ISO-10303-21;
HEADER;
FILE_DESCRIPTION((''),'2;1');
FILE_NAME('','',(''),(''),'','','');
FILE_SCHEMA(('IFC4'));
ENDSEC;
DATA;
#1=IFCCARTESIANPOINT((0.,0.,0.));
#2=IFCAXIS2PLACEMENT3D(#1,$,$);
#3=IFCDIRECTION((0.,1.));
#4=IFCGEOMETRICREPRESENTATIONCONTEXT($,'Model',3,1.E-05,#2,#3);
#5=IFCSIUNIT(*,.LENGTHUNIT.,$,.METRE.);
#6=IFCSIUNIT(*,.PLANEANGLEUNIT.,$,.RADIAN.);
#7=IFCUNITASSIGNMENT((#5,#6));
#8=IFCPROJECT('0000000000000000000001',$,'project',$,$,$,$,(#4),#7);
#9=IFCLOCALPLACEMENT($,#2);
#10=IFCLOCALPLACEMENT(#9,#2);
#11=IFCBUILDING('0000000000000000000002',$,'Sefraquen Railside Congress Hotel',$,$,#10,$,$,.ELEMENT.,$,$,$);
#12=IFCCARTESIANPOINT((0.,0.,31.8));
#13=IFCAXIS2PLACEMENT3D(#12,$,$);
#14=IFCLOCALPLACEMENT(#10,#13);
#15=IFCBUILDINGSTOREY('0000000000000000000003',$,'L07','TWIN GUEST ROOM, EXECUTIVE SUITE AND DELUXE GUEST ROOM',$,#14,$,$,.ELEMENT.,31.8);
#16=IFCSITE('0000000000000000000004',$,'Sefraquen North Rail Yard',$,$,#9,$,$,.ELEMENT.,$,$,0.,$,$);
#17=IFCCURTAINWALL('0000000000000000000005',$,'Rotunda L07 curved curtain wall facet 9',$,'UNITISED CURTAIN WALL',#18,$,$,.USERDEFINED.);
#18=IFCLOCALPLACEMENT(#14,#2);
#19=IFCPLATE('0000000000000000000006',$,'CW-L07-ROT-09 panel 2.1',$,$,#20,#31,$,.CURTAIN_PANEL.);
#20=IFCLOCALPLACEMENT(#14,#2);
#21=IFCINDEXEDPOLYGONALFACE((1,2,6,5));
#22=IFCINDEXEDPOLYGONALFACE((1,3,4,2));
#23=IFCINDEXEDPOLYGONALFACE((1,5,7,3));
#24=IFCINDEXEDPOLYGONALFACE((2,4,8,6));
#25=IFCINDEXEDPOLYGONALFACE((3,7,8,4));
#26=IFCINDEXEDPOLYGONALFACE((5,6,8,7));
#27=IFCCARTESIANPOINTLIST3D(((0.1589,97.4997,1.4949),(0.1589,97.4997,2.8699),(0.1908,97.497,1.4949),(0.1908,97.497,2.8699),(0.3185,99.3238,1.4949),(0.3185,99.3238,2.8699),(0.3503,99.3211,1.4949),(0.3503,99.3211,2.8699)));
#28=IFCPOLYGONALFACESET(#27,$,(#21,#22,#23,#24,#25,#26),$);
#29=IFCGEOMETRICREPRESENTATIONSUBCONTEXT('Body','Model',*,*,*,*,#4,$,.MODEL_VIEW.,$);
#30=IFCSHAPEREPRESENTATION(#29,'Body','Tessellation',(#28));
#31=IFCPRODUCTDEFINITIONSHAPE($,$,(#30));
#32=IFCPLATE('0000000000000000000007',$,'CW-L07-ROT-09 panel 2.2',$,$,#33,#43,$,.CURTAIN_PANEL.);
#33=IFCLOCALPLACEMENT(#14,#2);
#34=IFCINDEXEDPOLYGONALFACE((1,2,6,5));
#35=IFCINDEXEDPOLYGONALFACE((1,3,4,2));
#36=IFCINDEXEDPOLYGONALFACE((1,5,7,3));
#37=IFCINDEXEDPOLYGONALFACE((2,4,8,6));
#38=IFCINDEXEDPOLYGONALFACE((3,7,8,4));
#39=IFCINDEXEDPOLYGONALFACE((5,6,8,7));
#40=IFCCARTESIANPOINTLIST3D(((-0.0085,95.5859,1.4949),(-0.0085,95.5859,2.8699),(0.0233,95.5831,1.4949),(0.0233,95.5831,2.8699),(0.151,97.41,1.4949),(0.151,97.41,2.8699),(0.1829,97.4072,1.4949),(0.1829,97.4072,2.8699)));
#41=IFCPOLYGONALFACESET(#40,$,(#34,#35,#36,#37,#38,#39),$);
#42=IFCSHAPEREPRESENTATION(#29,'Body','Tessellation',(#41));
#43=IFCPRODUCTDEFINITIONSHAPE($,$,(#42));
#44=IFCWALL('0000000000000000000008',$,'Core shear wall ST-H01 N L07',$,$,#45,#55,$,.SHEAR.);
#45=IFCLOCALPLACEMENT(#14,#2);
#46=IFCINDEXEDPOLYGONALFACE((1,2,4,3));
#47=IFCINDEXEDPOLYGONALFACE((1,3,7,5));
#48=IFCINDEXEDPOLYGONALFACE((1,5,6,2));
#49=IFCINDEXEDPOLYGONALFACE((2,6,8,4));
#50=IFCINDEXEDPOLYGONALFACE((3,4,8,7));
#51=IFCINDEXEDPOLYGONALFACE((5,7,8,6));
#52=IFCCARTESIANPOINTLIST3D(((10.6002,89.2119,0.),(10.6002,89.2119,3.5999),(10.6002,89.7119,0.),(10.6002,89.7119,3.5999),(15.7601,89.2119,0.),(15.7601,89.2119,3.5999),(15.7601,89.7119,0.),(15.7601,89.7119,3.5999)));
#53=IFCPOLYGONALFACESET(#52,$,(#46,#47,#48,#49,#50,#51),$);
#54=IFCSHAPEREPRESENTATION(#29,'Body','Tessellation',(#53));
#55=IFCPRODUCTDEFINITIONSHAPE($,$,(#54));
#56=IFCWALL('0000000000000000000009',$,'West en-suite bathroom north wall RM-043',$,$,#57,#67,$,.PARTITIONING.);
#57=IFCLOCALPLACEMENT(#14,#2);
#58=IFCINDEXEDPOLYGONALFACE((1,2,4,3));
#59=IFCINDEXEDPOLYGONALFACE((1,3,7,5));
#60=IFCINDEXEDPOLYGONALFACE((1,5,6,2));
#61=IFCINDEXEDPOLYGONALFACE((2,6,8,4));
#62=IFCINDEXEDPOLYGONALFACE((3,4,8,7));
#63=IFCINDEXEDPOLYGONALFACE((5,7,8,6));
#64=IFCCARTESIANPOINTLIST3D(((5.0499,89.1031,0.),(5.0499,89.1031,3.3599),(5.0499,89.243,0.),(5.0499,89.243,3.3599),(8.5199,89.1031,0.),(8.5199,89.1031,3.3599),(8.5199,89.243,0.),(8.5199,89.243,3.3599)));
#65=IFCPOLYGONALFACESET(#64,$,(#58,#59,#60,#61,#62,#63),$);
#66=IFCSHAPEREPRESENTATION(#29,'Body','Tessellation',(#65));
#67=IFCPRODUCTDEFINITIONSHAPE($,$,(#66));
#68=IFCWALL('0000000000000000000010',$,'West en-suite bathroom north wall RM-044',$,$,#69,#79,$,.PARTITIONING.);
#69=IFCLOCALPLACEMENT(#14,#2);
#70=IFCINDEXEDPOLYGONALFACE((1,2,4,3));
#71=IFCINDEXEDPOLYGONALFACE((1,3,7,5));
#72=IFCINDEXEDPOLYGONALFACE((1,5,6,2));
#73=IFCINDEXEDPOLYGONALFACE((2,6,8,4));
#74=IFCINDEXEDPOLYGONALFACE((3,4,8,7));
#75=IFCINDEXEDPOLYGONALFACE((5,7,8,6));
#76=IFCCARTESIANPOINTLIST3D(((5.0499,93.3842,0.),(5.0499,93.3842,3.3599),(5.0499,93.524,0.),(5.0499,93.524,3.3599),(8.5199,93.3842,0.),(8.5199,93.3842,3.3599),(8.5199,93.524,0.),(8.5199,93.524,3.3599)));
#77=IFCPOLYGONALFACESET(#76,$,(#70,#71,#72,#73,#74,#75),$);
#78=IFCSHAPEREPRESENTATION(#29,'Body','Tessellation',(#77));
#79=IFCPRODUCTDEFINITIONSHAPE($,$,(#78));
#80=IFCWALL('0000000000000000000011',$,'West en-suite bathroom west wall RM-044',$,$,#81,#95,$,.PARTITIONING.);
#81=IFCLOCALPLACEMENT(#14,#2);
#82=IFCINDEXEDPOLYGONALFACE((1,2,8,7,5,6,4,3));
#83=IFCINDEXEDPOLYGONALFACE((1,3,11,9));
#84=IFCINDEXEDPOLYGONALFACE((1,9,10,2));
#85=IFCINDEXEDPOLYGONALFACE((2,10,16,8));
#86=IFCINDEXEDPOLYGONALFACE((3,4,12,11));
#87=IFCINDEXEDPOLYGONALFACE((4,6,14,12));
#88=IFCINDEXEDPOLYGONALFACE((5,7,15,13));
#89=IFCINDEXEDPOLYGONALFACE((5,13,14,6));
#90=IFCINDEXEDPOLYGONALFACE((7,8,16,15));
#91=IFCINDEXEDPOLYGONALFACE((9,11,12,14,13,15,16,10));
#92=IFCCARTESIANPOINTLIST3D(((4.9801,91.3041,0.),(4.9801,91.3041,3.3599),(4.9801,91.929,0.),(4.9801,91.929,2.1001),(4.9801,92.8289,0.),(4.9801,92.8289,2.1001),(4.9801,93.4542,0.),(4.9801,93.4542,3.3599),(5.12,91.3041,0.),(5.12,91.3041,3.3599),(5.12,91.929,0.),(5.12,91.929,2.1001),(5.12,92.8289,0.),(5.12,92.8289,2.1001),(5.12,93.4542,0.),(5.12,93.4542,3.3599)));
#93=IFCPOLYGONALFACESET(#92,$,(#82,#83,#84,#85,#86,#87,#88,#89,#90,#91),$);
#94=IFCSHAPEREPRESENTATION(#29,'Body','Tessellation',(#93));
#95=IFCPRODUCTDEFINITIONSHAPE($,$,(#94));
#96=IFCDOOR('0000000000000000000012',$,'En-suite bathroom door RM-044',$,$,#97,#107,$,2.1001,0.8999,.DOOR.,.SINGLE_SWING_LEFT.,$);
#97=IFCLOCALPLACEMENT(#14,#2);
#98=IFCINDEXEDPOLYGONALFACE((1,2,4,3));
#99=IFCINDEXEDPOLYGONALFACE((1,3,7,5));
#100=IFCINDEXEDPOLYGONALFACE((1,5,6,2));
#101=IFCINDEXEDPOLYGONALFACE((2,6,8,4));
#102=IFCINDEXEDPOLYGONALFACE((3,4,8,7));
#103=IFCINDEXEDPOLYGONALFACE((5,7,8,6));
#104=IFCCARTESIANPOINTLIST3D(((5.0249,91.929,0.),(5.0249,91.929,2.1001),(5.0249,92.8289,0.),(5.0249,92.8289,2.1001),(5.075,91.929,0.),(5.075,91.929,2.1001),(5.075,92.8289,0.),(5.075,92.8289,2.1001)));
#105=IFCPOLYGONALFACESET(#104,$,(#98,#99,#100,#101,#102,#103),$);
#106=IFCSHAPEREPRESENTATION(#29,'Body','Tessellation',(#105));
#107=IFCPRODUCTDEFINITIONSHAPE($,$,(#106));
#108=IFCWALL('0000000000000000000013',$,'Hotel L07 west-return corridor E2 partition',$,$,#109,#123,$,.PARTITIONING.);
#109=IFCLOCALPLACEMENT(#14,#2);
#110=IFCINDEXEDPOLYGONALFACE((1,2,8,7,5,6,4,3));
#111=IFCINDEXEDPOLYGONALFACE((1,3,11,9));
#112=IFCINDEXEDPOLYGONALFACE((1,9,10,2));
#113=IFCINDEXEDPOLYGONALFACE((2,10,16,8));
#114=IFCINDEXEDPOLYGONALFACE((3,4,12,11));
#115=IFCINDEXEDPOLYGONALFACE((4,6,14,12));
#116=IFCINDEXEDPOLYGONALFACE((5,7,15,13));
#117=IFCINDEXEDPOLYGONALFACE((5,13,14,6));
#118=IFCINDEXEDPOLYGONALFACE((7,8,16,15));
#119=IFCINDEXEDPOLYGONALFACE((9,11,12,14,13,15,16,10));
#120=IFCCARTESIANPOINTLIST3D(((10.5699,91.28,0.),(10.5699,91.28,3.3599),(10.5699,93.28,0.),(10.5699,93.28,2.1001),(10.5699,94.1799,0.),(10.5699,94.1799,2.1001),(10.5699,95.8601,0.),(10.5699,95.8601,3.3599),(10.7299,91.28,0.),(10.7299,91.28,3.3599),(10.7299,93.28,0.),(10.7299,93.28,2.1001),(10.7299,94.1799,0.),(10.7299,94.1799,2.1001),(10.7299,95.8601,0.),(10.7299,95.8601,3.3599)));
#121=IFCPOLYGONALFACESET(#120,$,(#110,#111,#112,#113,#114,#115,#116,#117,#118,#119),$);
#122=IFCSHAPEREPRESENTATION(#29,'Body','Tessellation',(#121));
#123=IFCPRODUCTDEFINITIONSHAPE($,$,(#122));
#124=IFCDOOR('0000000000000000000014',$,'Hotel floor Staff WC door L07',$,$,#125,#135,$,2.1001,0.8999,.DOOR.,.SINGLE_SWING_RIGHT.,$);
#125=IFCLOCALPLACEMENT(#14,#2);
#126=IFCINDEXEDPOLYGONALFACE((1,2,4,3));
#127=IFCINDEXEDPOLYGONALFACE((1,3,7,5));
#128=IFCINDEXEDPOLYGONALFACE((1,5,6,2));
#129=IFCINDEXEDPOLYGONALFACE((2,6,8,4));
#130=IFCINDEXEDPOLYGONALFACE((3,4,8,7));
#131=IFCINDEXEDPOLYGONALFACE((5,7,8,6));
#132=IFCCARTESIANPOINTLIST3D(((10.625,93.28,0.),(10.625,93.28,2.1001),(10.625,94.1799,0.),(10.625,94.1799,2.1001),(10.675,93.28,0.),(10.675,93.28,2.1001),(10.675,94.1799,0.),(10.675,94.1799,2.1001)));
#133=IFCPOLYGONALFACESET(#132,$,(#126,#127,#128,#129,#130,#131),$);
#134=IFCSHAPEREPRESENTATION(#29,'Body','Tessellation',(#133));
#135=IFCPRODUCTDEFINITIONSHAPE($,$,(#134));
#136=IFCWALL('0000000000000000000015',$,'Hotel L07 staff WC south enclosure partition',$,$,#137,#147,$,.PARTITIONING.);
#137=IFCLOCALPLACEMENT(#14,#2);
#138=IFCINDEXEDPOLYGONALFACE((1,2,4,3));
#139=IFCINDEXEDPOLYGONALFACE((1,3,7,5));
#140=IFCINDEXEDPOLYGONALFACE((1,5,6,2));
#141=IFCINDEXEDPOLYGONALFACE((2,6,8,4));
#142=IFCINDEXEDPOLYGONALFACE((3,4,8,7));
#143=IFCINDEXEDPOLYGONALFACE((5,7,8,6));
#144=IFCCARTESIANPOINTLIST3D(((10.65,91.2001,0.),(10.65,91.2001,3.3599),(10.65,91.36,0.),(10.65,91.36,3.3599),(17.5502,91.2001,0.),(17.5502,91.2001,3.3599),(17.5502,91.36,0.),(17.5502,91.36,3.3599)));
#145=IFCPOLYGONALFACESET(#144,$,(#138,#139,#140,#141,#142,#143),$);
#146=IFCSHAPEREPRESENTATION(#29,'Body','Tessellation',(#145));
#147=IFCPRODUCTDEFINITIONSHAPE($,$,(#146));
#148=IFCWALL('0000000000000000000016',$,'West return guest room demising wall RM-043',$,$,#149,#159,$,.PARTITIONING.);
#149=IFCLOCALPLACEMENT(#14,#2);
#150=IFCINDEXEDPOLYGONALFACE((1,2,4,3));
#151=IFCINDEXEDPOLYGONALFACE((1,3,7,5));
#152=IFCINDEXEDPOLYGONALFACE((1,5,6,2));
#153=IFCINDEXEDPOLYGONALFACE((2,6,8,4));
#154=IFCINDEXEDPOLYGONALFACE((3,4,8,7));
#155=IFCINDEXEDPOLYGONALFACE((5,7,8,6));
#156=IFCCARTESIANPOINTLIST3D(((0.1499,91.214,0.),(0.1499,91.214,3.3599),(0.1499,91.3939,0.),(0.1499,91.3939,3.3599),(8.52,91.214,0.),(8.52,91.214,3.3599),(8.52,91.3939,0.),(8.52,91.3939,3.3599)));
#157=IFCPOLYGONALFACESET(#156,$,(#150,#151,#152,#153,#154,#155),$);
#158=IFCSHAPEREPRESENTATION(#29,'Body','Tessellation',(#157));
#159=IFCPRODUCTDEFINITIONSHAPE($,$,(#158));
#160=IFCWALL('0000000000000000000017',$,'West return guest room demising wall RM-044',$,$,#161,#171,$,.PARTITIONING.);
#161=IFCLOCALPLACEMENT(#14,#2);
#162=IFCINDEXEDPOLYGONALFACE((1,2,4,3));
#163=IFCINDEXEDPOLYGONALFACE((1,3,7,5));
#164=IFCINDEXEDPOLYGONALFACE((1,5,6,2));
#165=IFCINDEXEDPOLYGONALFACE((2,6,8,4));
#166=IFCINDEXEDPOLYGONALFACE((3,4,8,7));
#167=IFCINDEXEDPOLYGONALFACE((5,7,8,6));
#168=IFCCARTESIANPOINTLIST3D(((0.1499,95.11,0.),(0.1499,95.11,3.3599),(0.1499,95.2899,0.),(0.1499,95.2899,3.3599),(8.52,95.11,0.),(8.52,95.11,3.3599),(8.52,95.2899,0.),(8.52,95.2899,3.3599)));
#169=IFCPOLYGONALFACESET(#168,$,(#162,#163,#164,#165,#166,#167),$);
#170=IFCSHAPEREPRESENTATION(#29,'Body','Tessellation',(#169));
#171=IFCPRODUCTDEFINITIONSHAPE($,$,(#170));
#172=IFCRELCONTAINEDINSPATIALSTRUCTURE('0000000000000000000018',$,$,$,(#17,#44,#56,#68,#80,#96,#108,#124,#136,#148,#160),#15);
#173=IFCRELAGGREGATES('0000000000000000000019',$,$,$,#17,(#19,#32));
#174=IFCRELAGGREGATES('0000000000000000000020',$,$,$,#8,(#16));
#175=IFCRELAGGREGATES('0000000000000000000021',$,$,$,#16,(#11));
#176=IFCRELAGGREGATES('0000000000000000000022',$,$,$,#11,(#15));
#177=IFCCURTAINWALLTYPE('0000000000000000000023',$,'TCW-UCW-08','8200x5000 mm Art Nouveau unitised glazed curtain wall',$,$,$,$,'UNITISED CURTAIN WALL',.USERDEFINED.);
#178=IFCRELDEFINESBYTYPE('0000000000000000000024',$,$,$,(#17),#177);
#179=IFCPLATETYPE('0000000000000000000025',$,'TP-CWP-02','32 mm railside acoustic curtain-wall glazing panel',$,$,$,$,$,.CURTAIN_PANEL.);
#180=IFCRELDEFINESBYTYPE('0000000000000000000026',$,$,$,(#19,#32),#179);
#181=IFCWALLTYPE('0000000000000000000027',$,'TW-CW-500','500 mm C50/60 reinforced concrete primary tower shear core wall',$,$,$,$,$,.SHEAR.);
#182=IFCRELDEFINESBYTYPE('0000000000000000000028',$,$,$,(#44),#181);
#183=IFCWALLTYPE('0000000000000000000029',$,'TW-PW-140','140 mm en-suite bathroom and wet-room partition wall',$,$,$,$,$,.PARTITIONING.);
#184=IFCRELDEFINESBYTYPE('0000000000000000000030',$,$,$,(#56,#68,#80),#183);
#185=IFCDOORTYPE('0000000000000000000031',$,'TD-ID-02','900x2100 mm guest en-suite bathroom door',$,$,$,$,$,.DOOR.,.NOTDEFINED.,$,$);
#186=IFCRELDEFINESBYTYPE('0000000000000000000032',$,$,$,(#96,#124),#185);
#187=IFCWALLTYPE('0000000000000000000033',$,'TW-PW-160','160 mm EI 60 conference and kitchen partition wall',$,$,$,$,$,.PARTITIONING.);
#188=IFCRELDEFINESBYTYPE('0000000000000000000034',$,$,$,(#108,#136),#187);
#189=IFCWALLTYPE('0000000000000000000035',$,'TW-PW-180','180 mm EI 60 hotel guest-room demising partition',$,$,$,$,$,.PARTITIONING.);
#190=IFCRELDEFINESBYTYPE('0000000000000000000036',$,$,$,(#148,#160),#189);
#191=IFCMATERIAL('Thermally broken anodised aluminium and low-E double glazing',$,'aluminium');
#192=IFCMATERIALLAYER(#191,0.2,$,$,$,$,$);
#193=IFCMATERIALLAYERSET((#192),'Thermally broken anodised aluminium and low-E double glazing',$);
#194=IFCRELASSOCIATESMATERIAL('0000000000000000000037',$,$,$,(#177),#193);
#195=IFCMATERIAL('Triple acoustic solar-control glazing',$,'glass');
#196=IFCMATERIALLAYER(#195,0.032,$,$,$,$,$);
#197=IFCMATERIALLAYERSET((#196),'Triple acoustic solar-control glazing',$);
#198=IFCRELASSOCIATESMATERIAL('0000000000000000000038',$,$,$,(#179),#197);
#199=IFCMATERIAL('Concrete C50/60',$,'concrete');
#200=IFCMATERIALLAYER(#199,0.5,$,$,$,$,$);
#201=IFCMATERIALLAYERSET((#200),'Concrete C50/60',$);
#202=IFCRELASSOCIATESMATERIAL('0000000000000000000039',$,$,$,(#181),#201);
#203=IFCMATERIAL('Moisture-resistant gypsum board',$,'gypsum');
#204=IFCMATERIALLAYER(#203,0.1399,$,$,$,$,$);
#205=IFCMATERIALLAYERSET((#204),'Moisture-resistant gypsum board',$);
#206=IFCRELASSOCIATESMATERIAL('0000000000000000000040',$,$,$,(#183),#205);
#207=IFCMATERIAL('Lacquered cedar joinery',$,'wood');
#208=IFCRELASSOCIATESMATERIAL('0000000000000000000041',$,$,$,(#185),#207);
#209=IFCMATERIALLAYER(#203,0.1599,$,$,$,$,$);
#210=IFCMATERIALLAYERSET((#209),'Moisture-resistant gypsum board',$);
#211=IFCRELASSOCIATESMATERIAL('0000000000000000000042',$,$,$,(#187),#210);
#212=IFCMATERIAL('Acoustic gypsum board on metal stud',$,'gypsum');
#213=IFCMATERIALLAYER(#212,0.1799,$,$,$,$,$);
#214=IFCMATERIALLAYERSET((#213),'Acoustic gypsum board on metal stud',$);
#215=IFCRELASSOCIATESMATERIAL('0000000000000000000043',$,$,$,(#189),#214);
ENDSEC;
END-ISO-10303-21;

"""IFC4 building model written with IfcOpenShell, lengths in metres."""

from ifc_helpers import new_model, si_unit, direction, frame, frame_2d, origin, origin_2d, place, context, subcontext, project, spatial, rectangle, extrude, material, layer, layer_set, type_object, element, fill, aggregate, save


model = new_model("IFC4")

# Units and contexts
model_context = context("Model", 3, precision=1e-05, world=origin(), true_north=direction((0.0, 1.0)))
body_context = subcontext(model_context, "Body", "Model", "MODEL_VIEW")
ifc_project = project(units=[si_unit("LENGTHUNIT", "METRE"), si_unit("PLANEANGLEUNIT", "RADIAN")], contexts=[model_context])

# Site, building, storey
site_placement = place(None, origin())
site = spatial("IfcSite", under=ifc_project, at=site_placement, Name="Sefraquen North Rail Yard", CompositionType="ELEMENT", RefElevation=0.0)
building_placement = place(site_placement, origin())
building = spatial("IfcBuilding", under=site, at=building_placement, Name="Sefraquen Railside Congress Hotel", CompositionType="ELEMENT")
storey_placement = place(building_placement, frame((0.0, 0.0, 31.8)))
storey = spatial("IfcBuildingStorey", under=building, at=storey_placement, Name="L07", Description="TWIN GUEST ROOM, EXECUTIVE SUITE AND DELUXE GUEST ROOM", CompositionType="ELEMENT", Elevation=31.8)

# Curtain wall, plates
ifc_material_1 = material(Name="Thermally broken anodised aluminium and low-E double glazing", Category="aluminium")
ifc_layer_1 = layer(ifc_material_1, 0.2)
ifc_layer_set_1 = layer_set([ifc_layer_1], Name="Thermally broken anodised aluminium and low-E double glazing")
curtain_wall_type = type_object("IfcCurtainWallType", Name="TCW-UCW-08", Description="8200x5000 mm Art Nouveau unitised glazed curtain wall", ElementType="UNITISED CURTAIN WALL", PredefinedType="USERDEFINED", material=ifc_layer_set_1)
curtain_wall_placement = place(storey_placement, origin())
curtain_wall = element("IfcCurtainWall", 1, at=curtain_wall_placement, inside=storey, type_object=curtain_wall_type, Name="Rotunda L07 curved curtain wall facet 9", ObjectType="UNITISED CURTAIN WALL", PredefinedType="USERDEFINED")
ifc_material_2 = material(Name="Triple acoustic solar-control glazing", Category="glass")
ifc_layer_2 = layer(ifc_material_2, 0.032)
ifc_layer_set_2 = layer_set([ifc_layer_2], Name="Triple acoustic solar-control glazing")
plate_type_1 = type_object("IfcPlateType", Name="TP-CWP-02", Description="32 mm railside acoustic curtain-wall glazing panel", PredefinedType="CURTAIN_PANEL", material=ifc_layer_set_2)
plate_1_placement = place(storey_placement, frame((0.2546, 98.4104, 1.4949), z_axis=(0.0, 0.0, 1.0), x_axis=(-0.087138, -0.996196, 0.0)))
plate_1 = element("IfcPlate", 2, at=plate_1_placement, type_object=plate_type_1, Name="CW-L07-ROT-09 panel 2.1", PredefinedType="CURTAIN_PANEL", context=body_context, shape_type="SweptSolid", body=[
    extrude(rectangle(XDim=1.8311, YDim=0.032, at=origin_2d()), origin(), (0.0, 0.0, 1.0), 1.375),
])
plate_2_placement = place(storey_placement, frame((0.0872, 96.4966, 1.4949), z_axis=(0.0, 0.0, 1.0), x_axis=(-0.087138, -0.996196, 0.0)))
plate_2 = element("IfcPlate", 3, at=plate_2_placement, type_object=plate_type_1, Name="CW-L07-ROT-09 panel 2.2", PredefinedType="CURTAIN_PANEL", context=body_context, shape_type="SweptSolid", body=[
    extrude(rectangle(XDim=1.8311, YDim=0.032, at=origin_2d()), origin(), (0.0, 0.0, 1.0), 1.375),
])
aggregate(curtain_wall, [plate_1, plate_2])

# Walls
ifc_material_3 = material(Name="Concrete C50/60", Category="concrete")
ifc_layer_3 = layer(ifc_material_3, 0.5)
ifc_layer_set_3 = layer_set([ifc_layer_3], Name="Concrete C50/60")
wall_type_1 = type_object("IfcWallType", Name="TW-CW-500", Description="500 mm C50/60 reinforced concrete primary tower shear core wall", PredefinedType="SHEAR", material=ifc_layer_set_3)
wall_1_placement = place(storey_placement, frame((10.6001, 89.4619, 0.0), z_axis=(0.0, 0.0, 1.0), x_axis=(1.0, 0.0, 0.0)))
element("IfcWall", 4, at=wall_1_placement, inside=storey, type_object=wall_type_1, Name="Core shear wall ST-H01 N L07", PredefinedType="SHEAR", context=body_context, shape_type="SweptSolid", body=[
    extrude(rectangle(XDim=5.1599, YDim=0.5, at=frame_2d((2.5801, 0.0))), origin(), (0.0, 0.0, 1.0), 3.5999),
])
ifc_material_4 = material(Name="Moisture-resistant gypsum board", Category="gypsum")
ifc_layer_4 = layer(ifc_material_4, 0.1399)
ifc_layer_set_4 = layer_set([ifc_layer_4], Name="Moisture-resistant gypsum board")
wall_type_2 = type_object("IfcWallType", Name="TW-PW-140", Description="140 mm en-suite bathroom and wet-room partition wall", PredefinedType="PARTITIONING", material=ifc_layer_set_4)
for number, where, z_axis, x_axis, name in (
    (5, (5.05, 89.1731, 0.0), (0.0, 0.0, 1.0), (1.0, 0.0, 0.0), "West en-suite bathroom north wall RM-043"),
    (6, (5.05, 93.4541, 0.0), (0.0, 0.0, 1.0), (1.0, 0.0, 0.0), "West en-suite bathroom north wall RM-044"),
):
    element("IfcWall", number, at=place(storey_placement, frame(where, z_axis=z_axis, x_axis=x_axis)), inside=storey, type_object=wall_type_2, Name=name, PredefinedType="PARTITIONING", context=body_context, shape_type="SweptSolid", body=[
        extrude(rectangle(XDim=3.47, YDim=0.1399, at=frame_2d((1.7349, 0.0))), origin(), (0.0, 0.0, 1.0), 3.3599),
    ])

# Walls, openings, doors
wall_2_placement = place(storey_placement, frame((5.05, 91.304, 0.0), z_axis=(0.0, 0.0, 1.0), x_axis=(0.0, 1.0, 0.0)))
wall_2 = element("IfcWall", 7, at=wall_2_placement, inside=storey, type_object=wall_type_2, Name="West en-suite bathroom west wall RM-044", PredefinedType="PARTITIONING", context=body_context, shape_type="SweptSolid", body=[
    extrude(rectangle(XDim=2.1501, YDim=0.1399, at=frame_2d((1.0752, 0.0))), origin(), (0.0, 0.0, 1.0), 3.3599),
])
opening_1_placement = place(wall_2_placement, frame((0.625, 0.0, 0.0)))
opening_1 = element("IfcOpeningElement", 8, at=opening_1_placement, cuts=wall_2, PredefinedType="OPENING", context=body_context, shape_type="SweptSolid", body=[
    extrude(rectangle(XDim=0.8999, YDim=2.1001, at=frame_2d((0.45, 1.05))), frame((0.0, 0.0798, 0.0), z_axis=(0.0, -1.0, 0.0), x_axis=(1.0, 0.0, 0.0)), (0.0, 0.0, 1.0), 0.1599),
])
ifc_material_5 = material(Name="Lacquered cedar joinery", Category="wood")
door_type = type_object("IfcDoorType", Name="TD-ID-02", Description="900x2100 mm guest en-suite bathroom door", OperationType="NOTDEFINED", PredefinedType="DOOR", material=ifc_material_5)
door_1_placement = place(opening_1_placement, frame((0.8999, 0.0, 0.0), z_axis=(0.0, 0.0, 1.0), x_axis=(-1.0, 0.0, 0.0)))
door_1 = element("IfcDoor", 9, at=door_1_placement, inside=storey, type_object=door_type, Name="En-suite bathroom door RM-044", OperationType="SINGLE_SWING_LEFT", OverallHeight=2.1001, OverallWidth=0.8999, PredefinedType="DOOR", context=body_context, shape_type="SweptSolid", body=[
    extrude(rectangle(XDim=0.8999, YDim=2.1001, at=frame_2d((0.45, 1.05))), frame((0.0, 0.0249, 0.0), z_axis=(0.0, -1.0, 0.0), x_axis=(1.0, 0.0, 0.0)), (0.0, 0.0, 1.0), 0.05),
])
fill(opening_1, door_1)
ifc_layer_5 = layer(ifc_material_4, 0.1599)
ifc_layer_set_5 = layer_set([ifc_layer_5], Name="Moisture-resistant gypsum board")
wall_type_3 = type_object("IfcWallType", Name="TW-PW-160", Description="160 mm EI 60 conference and kitchen partition wall", PredefinedType="PARTITIONING", material=ifc_layer_set_5)
wall_3_placement = place(storey_placement, frame((10.6499, 91.28, 0.0), z_axis=(0.0, 0.0, 1.0), x_axis=(0.0, 1.0, 0.0)))
wall_3 = element("IfcWall", 10, at=wall_3_placement, inside=storey, type_object=wall_type_3, Name="Hotel L07 west-return corridor E2 partition", PredefinedType="PARTITIONING", context=body_context, shape_type="SweptSolid", body=[
    extrude(rectangle(XDim=4.5801, YDim=0.1599, at=frame_2d((2.29, 0.0))), origin(), (0.0, 0.0, 1.0), 3.3599),
])
opening_2_placement = place(wall_3_placement, frame((2.0, 0.0, 0.0)))
opening_2 = element("IfcOpeningElement", 11, at=opening_2_placement, cuts=wall_3, PredefinedType="OPENING", context=body_context, shape_type="SweptSolid", body=[
    extrude(rectangle(XDim=0.8999, YDim=2.1001, at=frame_2d((0.45, 1.05))), frame((0.0, 0.0898, 0.0), z_axis=(0.0, -1.0, 0.0), x_axis=(1.0, 0.0, 0.0)), (0.0, 0.0, 1.0), 0.1799),
])
door_2_placement = place(opening_2_placement, origin())
door_2 = element("IfcDoor", 12, at=door_2_placement, inside=storey, type_object=door_type, Name="Hotel floor Staff WC door L07", OperationType="SINGLE_SWING_RIGHT", OverallHeight=2.1001, OverallWidth=0.8999, PredefinedType="DOOR", context=body_context, shape_type="SweptSolid", body=[
    extrude(rectangle(XDim=0.8999, YDim=2.1001, at=frame_2d((0.45, 1.05))), frame((0.0, 0.0249, 0.0), z_axis=(0.0, -1.0, 0.0), x_axis=(1.0, 0.0, 0.0)), (0.0, 0.0, 1.0), 0.05),
])
fill(opening_2, door_2)

# Walls
wall_4_placement = place(storey_placement, frame((10.6499, 91.28, 0.0), z_axis=(0.0, 0.0, 1.0), x_axis=(1.0, 0.0, 0.0)))
element("IfcWall", 13, at=wall_4_placement, inside=storey, type_object=wall_type_3, Name="Hotel L07 staff WC south enclosure partition", PredefinedType="PARTITIONING", context=body_context, shape_type="SweptSolid", body=[
    extrude(rectangle(XDim=6.9001, YDim=0.1599, at=frame_2d((3.4502, 0.0))), origin(), (0.0, 0.0, 1.0), 3.3599),
])
ifc_material_6 = material(Name="Acoustic gypsum board on metal stud", Category="gypsum")
ifc_layer_6 = layer(ifc_material_6, 0.1799)
ifc_layer_set_6 = layer_set([ifc_layer_6], Name="Acoustic gypsum board on metal stud")
wall_type_4 = type_object("IfcWallType", Name="TW-PW-180", Description="180 mm EI 60 hotel guest-room demising partition", PredefinedType="PARTITIONING", material=ifc_layer_set_6)
for number, where, z_axis, x_axis, name in (
    (14, (0.1499, 91.304, 0.0), (0.0, 0.0, 1.0), (1.0, 0.0, 0.0), "West return guest room demising wall RM-043"),
    (15, (0.1499, 95.2, 0.0), (0.0, 0.0, 1.0), (1.0, 0.0, 0.0), "West return guest room demising wall RM-044"),
):
    element("IfcWall", number, at=place(storey_placement, frame(where, z_axis=z_axis, x_axis=x_axis)), inside=storey, type_object=wall_type_4, Name=name, PredefinedType="PARTITIONING", context=body_context, shape_type="SweptSolid", body=[
        extrude(rectangle(XDim=8.3701, YDim=0.1799, at=frame_2d((4.1851, 0.0))), origin(), (0.0, 0.0, 1.0), 3.3599),
    ])

save(model, "model.ifc")
